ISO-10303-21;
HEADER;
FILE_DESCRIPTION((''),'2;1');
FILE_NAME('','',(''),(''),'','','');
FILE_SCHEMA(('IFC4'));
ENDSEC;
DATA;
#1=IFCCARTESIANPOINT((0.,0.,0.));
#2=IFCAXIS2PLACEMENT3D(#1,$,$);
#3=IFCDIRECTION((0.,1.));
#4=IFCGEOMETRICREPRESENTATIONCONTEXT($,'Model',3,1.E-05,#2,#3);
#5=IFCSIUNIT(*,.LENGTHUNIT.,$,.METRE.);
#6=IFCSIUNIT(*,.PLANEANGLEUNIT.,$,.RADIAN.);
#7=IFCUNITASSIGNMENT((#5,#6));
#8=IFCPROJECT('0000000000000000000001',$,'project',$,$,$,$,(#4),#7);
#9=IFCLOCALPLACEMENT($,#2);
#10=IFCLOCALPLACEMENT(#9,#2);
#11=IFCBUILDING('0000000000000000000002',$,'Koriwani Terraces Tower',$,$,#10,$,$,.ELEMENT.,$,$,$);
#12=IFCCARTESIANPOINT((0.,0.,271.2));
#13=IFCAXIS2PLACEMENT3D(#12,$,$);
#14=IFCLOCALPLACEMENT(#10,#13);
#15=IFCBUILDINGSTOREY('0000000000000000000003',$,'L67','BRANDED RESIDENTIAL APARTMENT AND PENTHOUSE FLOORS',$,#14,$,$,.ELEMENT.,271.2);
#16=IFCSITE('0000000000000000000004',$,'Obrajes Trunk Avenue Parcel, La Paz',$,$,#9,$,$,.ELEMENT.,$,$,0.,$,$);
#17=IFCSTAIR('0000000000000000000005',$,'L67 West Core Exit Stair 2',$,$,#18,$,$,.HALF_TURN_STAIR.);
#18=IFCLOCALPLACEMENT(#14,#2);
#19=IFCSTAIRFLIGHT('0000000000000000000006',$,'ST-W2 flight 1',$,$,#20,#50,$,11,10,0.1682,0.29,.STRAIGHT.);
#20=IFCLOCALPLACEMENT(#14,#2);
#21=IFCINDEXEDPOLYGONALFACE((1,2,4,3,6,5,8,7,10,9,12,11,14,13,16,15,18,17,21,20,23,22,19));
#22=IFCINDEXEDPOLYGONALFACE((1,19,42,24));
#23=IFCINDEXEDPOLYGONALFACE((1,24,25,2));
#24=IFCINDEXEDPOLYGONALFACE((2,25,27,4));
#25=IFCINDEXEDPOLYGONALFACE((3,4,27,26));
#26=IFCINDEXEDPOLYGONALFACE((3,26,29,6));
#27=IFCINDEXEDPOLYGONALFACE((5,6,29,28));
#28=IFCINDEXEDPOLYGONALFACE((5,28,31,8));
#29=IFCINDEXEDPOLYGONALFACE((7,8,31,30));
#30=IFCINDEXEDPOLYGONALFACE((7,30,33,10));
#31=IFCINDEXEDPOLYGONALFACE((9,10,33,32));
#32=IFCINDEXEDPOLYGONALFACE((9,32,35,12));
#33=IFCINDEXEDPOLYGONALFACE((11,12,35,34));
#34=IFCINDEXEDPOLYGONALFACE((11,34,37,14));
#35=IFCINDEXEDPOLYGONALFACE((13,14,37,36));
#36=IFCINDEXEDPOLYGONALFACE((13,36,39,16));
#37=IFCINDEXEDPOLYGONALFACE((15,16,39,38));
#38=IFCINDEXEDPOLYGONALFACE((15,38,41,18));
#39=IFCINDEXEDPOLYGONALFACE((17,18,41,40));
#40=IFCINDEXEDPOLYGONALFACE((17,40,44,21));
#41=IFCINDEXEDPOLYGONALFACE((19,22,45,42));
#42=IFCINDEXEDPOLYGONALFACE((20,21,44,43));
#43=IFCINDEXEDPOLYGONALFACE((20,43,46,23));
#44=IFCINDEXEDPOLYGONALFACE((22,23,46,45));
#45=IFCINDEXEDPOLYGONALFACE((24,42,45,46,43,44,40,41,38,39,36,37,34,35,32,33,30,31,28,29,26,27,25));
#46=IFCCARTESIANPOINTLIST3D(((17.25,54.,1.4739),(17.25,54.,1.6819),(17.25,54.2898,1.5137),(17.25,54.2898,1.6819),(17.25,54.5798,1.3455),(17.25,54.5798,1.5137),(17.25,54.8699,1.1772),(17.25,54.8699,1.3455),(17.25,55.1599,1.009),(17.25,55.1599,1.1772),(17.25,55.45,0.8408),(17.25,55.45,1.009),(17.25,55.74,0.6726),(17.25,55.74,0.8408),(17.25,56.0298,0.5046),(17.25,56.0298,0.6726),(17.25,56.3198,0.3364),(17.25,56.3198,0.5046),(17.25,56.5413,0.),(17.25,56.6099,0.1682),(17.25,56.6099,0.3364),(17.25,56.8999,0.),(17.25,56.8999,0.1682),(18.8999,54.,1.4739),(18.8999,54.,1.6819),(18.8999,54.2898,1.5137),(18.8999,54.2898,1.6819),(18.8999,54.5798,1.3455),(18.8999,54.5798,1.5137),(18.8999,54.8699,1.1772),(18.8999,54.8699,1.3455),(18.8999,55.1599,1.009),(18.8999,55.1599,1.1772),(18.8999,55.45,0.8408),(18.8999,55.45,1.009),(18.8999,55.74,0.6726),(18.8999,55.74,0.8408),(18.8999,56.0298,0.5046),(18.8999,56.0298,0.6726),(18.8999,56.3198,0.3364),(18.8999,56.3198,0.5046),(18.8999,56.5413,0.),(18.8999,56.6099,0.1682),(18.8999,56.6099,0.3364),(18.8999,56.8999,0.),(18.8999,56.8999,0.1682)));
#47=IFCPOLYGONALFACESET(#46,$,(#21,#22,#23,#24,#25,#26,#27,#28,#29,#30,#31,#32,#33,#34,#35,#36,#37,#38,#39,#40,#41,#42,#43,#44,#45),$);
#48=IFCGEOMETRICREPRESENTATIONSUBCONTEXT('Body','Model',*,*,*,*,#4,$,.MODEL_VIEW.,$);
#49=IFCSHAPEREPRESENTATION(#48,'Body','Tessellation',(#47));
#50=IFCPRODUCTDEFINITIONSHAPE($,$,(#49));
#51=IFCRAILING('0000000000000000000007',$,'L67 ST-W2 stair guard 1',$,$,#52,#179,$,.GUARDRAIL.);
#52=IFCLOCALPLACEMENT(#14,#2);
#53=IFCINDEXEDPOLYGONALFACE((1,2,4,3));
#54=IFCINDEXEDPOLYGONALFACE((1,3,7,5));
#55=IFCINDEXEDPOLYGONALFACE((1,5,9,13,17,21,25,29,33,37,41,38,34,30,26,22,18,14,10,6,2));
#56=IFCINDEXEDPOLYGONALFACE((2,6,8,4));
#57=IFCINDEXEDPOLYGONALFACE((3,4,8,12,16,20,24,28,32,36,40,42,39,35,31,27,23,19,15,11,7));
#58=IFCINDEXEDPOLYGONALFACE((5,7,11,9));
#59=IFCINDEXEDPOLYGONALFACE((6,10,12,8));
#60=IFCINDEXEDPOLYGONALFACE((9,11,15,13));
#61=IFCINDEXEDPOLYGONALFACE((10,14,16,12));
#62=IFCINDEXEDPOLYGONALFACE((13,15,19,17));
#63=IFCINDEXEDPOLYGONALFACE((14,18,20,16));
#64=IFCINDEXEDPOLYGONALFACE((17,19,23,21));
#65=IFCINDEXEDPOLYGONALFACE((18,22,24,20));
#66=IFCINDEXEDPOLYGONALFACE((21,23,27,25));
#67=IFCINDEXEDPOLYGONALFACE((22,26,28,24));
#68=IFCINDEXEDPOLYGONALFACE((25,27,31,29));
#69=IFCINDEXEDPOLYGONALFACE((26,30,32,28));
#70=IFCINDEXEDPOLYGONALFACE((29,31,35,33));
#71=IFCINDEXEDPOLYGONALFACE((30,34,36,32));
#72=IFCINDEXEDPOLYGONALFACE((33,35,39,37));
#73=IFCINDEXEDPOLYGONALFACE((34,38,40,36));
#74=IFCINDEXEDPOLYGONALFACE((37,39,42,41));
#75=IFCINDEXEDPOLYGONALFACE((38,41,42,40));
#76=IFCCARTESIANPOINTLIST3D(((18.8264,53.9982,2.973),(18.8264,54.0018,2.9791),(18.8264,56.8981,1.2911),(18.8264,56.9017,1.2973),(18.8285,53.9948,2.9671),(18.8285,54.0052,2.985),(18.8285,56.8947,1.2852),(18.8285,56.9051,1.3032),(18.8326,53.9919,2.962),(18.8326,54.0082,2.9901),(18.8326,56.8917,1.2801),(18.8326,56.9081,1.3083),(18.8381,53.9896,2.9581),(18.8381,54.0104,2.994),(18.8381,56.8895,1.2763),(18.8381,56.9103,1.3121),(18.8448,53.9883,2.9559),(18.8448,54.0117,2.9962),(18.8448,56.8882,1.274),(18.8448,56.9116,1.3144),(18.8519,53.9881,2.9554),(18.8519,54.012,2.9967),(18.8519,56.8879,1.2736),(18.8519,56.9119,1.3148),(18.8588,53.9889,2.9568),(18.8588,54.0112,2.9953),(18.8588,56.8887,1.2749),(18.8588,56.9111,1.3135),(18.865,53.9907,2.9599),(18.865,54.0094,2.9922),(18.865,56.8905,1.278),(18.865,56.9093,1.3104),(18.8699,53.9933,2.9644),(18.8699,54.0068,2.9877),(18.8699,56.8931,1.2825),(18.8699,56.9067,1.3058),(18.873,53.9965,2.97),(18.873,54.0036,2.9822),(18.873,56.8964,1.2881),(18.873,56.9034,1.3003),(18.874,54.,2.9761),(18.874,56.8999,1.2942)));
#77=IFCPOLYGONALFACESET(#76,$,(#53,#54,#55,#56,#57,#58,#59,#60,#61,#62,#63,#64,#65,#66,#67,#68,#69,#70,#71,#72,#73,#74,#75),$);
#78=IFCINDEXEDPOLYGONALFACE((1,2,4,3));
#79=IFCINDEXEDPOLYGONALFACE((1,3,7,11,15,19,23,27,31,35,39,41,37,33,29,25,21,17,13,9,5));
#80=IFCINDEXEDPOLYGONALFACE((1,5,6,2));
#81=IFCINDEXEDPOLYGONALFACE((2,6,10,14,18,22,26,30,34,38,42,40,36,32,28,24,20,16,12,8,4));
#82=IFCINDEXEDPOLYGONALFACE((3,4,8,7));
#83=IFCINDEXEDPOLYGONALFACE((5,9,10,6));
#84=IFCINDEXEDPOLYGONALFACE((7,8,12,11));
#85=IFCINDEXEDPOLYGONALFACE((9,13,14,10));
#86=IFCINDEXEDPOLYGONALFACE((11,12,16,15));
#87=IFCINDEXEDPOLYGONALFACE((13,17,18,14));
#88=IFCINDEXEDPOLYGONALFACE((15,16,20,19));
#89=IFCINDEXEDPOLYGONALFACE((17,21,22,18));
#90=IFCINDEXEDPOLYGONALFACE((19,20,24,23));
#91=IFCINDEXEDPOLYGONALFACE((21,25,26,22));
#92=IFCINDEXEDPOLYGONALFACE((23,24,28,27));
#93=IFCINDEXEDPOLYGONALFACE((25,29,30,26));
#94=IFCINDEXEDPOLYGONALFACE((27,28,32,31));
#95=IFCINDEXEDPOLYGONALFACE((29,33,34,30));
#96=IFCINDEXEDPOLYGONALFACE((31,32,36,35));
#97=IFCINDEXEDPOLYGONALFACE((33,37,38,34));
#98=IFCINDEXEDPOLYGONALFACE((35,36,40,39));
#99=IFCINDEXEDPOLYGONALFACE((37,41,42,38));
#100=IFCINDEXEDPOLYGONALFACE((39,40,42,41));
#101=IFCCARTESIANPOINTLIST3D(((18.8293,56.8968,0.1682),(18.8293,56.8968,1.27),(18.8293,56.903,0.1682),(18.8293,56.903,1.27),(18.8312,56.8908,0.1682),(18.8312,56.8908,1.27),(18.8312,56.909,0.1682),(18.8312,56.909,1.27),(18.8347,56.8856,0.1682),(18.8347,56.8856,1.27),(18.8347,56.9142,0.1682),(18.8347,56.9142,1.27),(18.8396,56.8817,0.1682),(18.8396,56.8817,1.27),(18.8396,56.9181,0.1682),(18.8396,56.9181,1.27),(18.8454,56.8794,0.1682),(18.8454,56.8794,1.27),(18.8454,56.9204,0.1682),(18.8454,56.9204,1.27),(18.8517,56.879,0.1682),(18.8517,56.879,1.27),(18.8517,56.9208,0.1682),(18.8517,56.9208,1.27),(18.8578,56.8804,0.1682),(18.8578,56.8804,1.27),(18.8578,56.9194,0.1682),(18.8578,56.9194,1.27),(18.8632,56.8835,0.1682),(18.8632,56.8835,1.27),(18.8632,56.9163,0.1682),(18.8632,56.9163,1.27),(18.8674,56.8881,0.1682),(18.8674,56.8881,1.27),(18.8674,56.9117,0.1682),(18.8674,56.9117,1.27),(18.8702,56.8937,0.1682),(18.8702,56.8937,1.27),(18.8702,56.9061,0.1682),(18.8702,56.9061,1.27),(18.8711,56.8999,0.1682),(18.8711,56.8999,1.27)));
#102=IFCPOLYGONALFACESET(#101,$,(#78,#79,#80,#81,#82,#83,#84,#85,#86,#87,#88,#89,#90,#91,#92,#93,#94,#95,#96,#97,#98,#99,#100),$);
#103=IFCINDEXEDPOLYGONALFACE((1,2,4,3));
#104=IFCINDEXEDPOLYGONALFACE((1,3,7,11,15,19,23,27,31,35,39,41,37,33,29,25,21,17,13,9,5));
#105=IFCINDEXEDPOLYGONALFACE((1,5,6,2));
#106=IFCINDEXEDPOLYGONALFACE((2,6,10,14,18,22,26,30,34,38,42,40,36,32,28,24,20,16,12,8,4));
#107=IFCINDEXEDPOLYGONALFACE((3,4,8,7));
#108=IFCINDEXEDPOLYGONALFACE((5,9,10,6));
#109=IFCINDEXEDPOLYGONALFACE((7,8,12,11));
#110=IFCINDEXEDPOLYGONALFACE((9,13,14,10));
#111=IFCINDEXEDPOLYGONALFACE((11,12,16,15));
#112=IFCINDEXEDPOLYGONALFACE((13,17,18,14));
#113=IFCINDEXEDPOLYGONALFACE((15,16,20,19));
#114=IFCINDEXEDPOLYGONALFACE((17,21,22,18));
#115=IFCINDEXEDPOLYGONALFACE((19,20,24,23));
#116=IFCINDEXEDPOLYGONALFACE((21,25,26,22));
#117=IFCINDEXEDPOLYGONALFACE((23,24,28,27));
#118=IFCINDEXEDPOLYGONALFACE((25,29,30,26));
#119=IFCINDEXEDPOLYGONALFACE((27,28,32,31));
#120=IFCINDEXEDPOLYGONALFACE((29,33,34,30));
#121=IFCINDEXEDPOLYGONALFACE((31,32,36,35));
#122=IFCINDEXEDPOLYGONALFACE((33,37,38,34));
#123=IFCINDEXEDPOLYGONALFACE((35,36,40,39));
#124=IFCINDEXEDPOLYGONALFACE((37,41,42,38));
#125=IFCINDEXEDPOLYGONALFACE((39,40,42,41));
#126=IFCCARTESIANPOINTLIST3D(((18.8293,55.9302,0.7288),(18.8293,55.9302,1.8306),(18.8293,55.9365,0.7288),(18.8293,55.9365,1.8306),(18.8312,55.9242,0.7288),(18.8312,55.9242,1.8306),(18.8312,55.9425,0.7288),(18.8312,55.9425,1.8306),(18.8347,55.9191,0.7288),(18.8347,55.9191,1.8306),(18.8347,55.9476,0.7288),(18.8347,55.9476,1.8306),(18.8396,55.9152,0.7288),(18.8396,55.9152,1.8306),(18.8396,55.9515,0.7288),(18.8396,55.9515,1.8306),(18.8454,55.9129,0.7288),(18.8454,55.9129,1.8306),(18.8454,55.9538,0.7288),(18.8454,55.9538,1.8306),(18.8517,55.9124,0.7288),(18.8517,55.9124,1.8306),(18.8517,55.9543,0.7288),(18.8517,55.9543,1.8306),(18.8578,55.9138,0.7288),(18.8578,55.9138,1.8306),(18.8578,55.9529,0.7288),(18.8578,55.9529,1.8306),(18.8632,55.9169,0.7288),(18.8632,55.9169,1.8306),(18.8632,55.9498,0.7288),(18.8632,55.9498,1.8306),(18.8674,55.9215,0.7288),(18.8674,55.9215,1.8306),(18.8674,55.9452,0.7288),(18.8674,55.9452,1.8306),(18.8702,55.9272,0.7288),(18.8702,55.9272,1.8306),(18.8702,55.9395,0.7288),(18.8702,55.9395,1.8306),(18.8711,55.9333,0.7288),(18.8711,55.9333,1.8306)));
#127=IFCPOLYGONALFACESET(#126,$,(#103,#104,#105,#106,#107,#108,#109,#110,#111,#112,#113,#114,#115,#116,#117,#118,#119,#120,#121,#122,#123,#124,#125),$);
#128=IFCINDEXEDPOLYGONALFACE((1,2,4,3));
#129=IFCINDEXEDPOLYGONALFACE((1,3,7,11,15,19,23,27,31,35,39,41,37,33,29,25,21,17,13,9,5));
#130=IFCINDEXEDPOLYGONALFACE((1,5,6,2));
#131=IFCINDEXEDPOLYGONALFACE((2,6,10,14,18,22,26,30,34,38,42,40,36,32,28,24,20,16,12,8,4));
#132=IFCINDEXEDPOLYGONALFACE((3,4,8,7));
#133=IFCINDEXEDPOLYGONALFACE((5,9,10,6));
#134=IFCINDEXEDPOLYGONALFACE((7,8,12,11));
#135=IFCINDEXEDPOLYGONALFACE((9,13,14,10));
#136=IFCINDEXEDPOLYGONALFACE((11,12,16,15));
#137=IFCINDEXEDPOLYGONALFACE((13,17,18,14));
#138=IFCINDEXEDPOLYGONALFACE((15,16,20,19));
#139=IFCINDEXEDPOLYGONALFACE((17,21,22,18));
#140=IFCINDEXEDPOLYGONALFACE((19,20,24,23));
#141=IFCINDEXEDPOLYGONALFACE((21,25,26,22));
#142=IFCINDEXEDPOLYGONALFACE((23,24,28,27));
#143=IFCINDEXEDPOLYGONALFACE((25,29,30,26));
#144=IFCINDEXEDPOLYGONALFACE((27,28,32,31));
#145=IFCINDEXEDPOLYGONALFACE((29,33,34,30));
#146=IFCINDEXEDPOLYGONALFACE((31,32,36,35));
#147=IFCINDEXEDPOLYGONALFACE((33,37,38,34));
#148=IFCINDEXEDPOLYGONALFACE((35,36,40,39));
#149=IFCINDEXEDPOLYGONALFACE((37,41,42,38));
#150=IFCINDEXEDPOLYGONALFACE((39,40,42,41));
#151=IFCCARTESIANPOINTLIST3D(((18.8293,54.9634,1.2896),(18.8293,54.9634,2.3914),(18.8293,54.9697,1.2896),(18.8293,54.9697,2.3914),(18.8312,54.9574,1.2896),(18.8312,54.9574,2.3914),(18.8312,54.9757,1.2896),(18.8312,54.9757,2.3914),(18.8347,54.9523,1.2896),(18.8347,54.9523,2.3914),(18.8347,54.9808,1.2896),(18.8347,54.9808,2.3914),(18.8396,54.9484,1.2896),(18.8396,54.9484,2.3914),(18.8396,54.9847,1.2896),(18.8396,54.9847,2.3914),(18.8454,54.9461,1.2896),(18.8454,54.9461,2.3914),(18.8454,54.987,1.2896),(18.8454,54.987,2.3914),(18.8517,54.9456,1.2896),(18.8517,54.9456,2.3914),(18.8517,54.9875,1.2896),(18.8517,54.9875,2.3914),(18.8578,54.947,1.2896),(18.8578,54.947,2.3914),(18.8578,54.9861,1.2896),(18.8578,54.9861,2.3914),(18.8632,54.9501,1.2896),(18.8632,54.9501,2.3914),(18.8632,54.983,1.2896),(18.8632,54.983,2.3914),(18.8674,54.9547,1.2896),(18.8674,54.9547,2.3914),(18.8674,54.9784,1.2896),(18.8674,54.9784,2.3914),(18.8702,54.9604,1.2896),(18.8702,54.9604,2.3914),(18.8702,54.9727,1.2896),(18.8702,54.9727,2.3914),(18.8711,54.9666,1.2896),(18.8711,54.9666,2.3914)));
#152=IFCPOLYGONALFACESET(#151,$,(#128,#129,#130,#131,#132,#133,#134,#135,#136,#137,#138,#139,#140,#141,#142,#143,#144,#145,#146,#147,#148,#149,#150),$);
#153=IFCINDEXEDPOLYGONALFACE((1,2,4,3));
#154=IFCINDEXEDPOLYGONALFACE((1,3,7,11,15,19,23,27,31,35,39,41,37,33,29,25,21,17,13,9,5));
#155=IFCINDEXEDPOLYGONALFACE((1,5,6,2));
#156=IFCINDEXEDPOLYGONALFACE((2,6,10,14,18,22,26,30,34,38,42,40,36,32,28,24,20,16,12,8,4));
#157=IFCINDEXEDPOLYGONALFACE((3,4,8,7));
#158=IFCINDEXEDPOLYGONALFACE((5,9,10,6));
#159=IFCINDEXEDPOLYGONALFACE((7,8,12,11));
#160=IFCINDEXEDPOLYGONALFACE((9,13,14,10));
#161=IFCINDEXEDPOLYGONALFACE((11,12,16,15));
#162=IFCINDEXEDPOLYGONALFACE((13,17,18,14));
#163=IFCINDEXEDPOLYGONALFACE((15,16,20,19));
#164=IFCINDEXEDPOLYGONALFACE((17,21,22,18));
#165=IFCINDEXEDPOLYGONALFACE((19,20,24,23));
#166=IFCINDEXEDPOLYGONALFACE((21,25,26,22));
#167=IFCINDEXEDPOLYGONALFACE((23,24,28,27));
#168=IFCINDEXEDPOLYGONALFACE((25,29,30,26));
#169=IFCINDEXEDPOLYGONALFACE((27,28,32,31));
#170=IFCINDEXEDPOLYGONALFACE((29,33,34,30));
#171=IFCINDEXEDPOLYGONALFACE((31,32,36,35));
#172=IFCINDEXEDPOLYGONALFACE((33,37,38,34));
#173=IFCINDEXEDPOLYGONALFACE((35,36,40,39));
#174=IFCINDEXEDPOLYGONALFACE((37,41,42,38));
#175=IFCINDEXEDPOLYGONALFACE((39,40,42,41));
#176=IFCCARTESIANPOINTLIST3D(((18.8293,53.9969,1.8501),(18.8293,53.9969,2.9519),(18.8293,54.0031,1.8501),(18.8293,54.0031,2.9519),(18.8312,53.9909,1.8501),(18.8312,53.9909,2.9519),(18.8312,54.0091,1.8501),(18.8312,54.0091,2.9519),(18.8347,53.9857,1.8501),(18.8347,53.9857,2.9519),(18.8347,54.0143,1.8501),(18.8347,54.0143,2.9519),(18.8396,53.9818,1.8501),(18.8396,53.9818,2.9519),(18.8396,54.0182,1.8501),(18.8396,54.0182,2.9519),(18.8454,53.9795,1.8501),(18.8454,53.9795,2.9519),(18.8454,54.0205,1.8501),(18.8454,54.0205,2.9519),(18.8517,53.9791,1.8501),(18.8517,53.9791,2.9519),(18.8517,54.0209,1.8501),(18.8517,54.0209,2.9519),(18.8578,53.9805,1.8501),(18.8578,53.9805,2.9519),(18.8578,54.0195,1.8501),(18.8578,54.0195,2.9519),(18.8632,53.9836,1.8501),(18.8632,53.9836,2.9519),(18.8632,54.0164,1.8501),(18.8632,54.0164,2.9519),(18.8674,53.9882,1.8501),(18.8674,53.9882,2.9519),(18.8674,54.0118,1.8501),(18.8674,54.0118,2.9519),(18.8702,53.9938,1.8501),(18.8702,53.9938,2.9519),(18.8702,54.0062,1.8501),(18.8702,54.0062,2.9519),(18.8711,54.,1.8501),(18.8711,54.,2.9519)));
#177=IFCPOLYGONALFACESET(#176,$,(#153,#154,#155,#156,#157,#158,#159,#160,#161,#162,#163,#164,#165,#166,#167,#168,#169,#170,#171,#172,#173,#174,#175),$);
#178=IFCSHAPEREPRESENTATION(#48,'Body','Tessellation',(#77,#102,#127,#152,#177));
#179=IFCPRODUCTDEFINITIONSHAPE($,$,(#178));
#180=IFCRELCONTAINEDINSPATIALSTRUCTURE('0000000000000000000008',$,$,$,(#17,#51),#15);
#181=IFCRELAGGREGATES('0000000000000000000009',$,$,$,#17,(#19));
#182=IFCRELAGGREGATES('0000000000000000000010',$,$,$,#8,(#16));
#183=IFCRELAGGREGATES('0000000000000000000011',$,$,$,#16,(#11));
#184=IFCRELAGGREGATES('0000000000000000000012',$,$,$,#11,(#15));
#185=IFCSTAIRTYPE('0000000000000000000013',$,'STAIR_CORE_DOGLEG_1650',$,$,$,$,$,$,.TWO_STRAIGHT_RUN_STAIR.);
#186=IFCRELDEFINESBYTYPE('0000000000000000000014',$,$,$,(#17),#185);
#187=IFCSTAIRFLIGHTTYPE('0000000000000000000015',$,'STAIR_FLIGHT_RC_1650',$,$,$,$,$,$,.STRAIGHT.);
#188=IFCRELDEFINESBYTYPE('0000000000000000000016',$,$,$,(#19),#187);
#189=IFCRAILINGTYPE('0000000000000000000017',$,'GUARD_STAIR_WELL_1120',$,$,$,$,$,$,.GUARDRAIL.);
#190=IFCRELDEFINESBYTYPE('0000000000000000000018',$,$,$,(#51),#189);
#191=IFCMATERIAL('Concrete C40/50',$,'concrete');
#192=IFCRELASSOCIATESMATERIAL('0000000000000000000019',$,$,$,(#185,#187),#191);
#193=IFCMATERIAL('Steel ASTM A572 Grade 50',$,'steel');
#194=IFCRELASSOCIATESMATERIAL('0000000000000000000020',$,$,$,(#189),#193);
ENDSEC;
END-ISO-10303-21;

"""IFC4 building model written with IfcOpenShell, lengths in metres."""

from ifc_helpers import new_model, si_unit, direction, frame, origin, origin_2d, place, context, subcontext, project, spatial, polyline, circle, outline, extrude, material, type_object, element, aggregate, save


model = new_model("IFC4")

# Units and contexts
model_context = context("Model", 3, precision=1e-05, world=origin(), true_north=direction((0.0, 1.0)))
body_context = subcontext(model_context, "Body", "Model", "MODEL_VIEW")
ifc_project = project(units=[si_unit("LENGTHUNIT", "METRE"), si_unit("PLANEANGLEUNIT", "RADIAN")], contexts=[model_context])

# Site, building, storey
site_placement = place(None, origin())
site = spatial("IfcSite", under=ifc_project, at=site_placement, Name="Obrajes Trunk Avenue Parcel, La Paz", CompositionType="ELEMENT", RefElevation=0.0)
building_placement = place(site_placement, origin())
building = spatial("IfcBuilding", under=site, at=building_placement, Name="Koriwani Terraces Tower", CompositionType="ELEMENT")
storey_placement = place(building_placement, frame((0.0, 0.0, 271.2)))
storey = spatial("IfcBuildingStorey", under=building, at=storey_placement, Name="L67", Description="BRANDED RESIDENTIAL APARTMENT AND PENTHOUSE FLOORS", CompositionType="ELEMENT", Elevation=271.2)

# Shared definitions
ifc_material_1 = material(Name="Concrete C40/50", Category="concrete")
ifc_material_2 = material(Name="Steel ASTM A572 Grade 50", Category="steel")

# Stair, stair flight
stair_type = type_object("IfcStairType", Name="STAIR_CORE_DOGLEG_1650", PredefinedType="TWO_STRAIGHT_RUN_STAIR", material=ifc_material_1)
stair_placement = place(storey_placement, origin())
stair = element("IfcStair", 1, at=stair_placement, inside=storey, type_object=stair_type, Name="L67 West Core Exit Stair 2", PredefinedType="HALF_TURN_STAIR")
stair_flight_type = type_object("IfcStairFlightType", Name="STAIR_FLIGHT_RC_1650", PredefinedType="STRAIGHT", material=ifc_material_1)
stair_flight_placement = place(storey_placement, frame((18.075, 56.8999, 0.0), z_axis=(0.0, 0.0, 1.0), x_axis=(0.0, -1.0, 0.0)))
stair_flight = element("IfcStairFlight", 2, at=stair_flight_placement, type_object=stair_flight_type, Name="ST-W2 flight 1", NumberOfRisers=11, NumberOfTreads=10, PredefinedType="STRAIGHT", RiserHeight=0.1682, TreadLength=0.29, context=body_context, shape_type="SweptSolid", body=[
    extrude(outline(polyline([(0.0, 0.0), (0.0, 0.1682), (0.29, 0.1682), (0.29, 0.3364), (0.5801, 0.3364), (0.5801, 0.5046), (0.8701, 0.5046), (0.8701, 0.6726), (1.1599, 0.6726), (1.1599, 0.8408), (1.45, 0.8408), (1.45, 1.009), (1.74, 1.009), (1.74, 1.1772), (2.03, 1.1772), (2.03, 1.3455), (2.3201, 1.3455), (2.3201, 1.5137), (2.6101, 1.5137), (2.6101, 1.6819), (2.8999, 1.6819), (2.8999, 1.8501), (2.8999, 1.4739), (0.3586, 0.0), (0.0, 0.0)])), frame((0.0, 0.825, 0.0), z_axis=(0.0, -1.0, 0.0), x_axis=(1.0, 0.0, 0.0)), (0.0, 0.0, 1.0), 1.6499),
])
aggregate(stair, [stair_flight])

# Railing
railing_type_1 = type_object("IfcRailingType", Name="GUARD_STAIR_WELL_1120", PredefinedType="GUARDRAIL", material=ifc_material_2)
railing_1_placement = place(storey_placement, frame((18.8501, 56.8999, 0.1682)))
element("IfcRailing", 3, at=railing_1_placement, inside=storey, type_object=railing_type_1, Name="L67 ST-W2 stair guard 1", PredefinedType="GUARDRAIL", context=body_context, shape_type="SweptSolid", body=[
    extrude(circle(Radius=0.0239, at=origin_2d()), frame((0.0, 0.0, 1.126), z_axis=(0.0, -0.865039, 0.501705), x_axis=(1.0, 0.0, 0.0)), (0.0, 0.0, 1.0), 3.3523),
    extrude(circle(Radius=0.021, at=origin_2d()), origin(), (0.0, 0.0, 1.0), 1.1018),
    extrude(circle(Radius=0.021, at=origin_2d()), frame((0.0, -0.9666, 0.5605)), (0.0, 0.0, 1.0), 1.1018),
    extrude(circle(Radius=0.021, at=origin_2d()), frame((0.0, -1.9333, 1.1213)), (0.0, 0.0, 1.0), 1.1018),
    extrude(circle(Radius=0.021, at=origin_2d()), frame((0.0, -2.8999, 1.6819)), (0.0, 0.0, 1.0), 1.1018),
])

save(model, "model.ifc")
